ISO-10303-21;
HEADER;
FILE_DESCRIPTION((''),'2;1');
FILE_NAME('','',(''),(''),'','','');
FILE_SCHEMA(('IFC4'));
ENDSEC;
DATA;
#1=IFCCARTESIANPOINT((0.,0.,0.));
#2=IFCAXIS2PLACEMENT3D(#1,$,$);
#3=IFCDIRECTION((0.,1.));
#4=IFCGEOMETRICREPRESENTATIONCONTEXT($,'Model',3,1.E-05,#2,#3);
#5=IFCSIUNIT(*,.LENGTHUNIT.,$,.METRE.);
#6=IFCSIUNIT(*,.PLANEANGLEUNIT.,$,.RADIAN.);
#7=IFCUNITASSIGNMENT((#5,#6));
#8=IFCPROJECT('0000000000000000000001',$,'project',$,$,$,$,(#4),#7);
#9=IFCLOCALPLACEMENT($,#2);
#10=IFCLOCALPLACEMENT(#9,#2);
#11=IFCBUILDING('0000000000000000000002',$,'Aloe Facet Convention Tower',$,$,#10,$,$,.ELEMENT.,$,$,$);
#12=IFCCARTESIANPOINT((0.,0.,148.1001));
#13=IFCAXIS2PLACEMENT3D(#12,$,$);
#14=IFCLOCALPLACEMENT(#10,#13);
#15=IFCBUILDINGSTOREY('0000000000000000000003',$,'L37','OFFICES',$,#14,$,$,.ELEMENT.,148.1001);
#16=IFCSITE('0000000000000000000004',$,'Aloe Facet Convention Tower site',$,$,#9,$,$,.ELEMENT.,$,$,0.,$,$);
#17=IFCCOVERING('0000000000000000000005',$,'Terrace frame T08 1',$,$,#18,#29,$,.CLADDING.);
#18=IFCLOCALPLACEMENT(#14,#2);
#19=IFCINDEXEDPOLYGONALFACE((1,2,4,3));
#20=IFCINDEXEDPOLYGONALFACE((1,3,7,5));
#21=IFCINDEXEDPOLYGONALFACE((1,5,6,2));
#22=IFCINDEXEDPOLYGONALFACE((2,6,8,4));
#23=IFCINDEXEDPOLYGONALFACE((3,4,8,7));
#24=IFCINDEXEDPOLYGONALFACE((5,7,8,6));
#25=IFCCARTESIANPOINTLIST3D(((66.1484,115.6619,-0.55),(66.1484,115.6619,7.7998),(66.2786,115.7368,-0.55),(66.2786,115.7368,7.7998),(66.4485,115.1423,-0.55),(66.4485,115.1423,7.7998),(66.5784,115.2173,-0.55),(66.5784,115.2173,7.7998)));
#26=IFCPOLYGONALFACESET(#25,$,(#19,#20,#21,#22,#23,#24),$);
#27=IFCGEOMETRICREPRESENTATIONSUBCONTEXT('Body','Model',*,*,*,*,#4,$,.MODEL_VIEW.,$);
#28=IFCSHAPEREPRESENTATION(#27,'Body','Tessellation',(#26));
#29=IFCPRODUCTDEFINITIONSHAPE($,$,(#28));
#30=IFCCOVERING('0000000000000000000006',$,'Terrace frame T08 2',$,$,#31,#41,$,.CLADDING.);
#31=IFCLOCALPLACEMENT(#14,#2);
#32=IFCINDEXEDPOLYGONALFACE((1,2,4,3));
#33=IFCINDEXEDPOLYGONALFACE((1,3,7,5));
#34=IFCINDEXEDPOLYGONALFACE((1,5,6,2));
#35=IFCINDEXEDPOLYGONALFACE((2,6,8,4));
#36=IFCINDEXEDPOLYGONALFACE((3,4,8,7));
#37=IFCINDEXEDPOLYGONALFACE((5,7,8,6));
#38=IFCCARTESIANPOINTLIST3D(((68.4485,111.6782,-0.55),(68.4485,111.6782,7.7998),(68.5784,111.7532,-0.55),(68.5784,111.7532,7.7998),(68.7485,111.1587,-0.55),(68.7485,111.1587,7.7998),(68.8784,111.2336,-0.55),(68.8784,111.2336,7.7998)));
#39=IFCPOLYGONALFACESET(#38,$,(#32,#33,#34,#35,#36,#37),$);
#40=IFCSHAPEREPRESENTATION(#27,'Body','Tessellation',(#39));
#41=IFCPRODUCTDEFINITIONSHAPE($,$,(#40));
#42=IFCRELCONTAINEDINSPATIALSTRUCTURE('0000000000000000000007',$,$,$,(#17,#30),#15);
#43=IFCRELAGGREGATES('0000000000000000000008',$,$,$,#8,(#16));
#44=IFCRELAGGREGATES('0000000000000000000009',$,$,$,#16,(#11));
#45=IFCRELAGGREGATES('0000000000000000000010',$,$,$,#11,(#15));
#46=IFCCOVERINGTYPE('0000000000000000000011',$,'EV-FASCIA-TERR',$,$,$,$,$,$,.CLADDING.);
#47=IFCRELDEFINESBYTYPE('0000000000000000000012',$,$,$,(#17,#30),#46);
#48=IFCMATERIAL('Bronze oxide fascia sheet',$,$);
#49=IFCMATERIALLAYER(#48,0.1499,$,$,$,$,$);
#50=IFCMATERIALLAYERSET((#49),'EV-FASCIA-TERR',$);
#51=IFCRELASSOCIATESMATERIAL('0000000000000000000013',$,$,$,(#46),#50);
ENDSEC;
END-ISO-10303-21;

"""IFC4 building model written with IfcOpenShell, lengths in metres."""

from ifc_helpers import new_model, si_unit, direction, frame, origin, place, context, subcontext, project, spatial, polyline, outline, extrude, material, layer, layer_set, type_object, element, save


model = new_model("IFC4")

# Units and contexts
model_context = context("Model", 3, precision=1e-05, world=origin(), true_north=direction((0.0, 1.0)))
body_context = subcontext(model_context, "Body", "Model", "MODEL_VIEW")
ifc_project = project(units=[si_unit("LENGTHUNIT", "METRE"), si_unit("PLANEANGLEUNIT", "RADIAN")], contexts=[model_context])

# Site, building, storey
site_placement = place(None, origin())
site = spatial("IfcSite", under=ifc_project, at=site_placement, Name="Aloe Facet Convention Tower site", CompositionType="ELEMENT", RefElevation=0.0)
building_placement = place(site_placement, origin())
building = spatial("IfcBuilding", under=site, at=building_placement, Name="Aloe Facet Convention Tower", CompositionType="ELEMENT")
storey_placement = place(building_placement, frame((0.0, 0.0, 148.1001)))
storey = spatial("IfcBuildingStorey", under=building, at=storey_placement, Name="L37", Description="OFFICES", CompositionType="ELEMENT", Elevation=148.1001)

# Coverings
ifc_material_1 = material(Name="Bronze oxide fascia sheet")
ifc_layer_1 = layer(ifc_material_1, 0.1499)
ifc_layer_set_1 = layer_set([ifc_layer_1], Name="EV-FASCIA-TERR")
covering_type = type_object("IfcCoveringType", Name="EV-FASCIA-TERR", PredefinedType="CLADDING", material=ifc_layer_set_1)
covering_1_placement = place(storey_placement, frame((0.0, 0.0, -0.55)))
element("IfcCovering", 1, at=covering_1_placement, inside=storey, type_object=covering_type, Name="Terrace frame T08 1", PredefinedType="CLADDING", context=body_context, shape_type="SweptSolid", body=[
    extrude(outline(polyline([(66.1484, 115.6619), (66.4485, 115.1423), (66.5784, 115.2173), (66.2786, 115.7368), (66.1484, 115.6619)])), origin(), (0.0, 0.0, 1.0), 8.3499),
])
covering_2_placement = place(storey_placement, frame((0.0, 0.0, -0.55)))
element("IfcCovering", 2, at=covering_2_placement, inside=storey, type_object=covering_type, Name="Terrace frame T08 2", PredefinedType="CLADDING", context=body_context, shape_type="SweptSolid", body=[
    extrude(outline(polyline([(68.4485, 111.6782), (68.7485, 111.1587), (68.8784, 111.2336), (68.5784, 111.7532), (68.4485, 111.6782)])), origin(), (0.0, 0.0, 1.0), 8.3499),
])

save(model, "model.ifc")
